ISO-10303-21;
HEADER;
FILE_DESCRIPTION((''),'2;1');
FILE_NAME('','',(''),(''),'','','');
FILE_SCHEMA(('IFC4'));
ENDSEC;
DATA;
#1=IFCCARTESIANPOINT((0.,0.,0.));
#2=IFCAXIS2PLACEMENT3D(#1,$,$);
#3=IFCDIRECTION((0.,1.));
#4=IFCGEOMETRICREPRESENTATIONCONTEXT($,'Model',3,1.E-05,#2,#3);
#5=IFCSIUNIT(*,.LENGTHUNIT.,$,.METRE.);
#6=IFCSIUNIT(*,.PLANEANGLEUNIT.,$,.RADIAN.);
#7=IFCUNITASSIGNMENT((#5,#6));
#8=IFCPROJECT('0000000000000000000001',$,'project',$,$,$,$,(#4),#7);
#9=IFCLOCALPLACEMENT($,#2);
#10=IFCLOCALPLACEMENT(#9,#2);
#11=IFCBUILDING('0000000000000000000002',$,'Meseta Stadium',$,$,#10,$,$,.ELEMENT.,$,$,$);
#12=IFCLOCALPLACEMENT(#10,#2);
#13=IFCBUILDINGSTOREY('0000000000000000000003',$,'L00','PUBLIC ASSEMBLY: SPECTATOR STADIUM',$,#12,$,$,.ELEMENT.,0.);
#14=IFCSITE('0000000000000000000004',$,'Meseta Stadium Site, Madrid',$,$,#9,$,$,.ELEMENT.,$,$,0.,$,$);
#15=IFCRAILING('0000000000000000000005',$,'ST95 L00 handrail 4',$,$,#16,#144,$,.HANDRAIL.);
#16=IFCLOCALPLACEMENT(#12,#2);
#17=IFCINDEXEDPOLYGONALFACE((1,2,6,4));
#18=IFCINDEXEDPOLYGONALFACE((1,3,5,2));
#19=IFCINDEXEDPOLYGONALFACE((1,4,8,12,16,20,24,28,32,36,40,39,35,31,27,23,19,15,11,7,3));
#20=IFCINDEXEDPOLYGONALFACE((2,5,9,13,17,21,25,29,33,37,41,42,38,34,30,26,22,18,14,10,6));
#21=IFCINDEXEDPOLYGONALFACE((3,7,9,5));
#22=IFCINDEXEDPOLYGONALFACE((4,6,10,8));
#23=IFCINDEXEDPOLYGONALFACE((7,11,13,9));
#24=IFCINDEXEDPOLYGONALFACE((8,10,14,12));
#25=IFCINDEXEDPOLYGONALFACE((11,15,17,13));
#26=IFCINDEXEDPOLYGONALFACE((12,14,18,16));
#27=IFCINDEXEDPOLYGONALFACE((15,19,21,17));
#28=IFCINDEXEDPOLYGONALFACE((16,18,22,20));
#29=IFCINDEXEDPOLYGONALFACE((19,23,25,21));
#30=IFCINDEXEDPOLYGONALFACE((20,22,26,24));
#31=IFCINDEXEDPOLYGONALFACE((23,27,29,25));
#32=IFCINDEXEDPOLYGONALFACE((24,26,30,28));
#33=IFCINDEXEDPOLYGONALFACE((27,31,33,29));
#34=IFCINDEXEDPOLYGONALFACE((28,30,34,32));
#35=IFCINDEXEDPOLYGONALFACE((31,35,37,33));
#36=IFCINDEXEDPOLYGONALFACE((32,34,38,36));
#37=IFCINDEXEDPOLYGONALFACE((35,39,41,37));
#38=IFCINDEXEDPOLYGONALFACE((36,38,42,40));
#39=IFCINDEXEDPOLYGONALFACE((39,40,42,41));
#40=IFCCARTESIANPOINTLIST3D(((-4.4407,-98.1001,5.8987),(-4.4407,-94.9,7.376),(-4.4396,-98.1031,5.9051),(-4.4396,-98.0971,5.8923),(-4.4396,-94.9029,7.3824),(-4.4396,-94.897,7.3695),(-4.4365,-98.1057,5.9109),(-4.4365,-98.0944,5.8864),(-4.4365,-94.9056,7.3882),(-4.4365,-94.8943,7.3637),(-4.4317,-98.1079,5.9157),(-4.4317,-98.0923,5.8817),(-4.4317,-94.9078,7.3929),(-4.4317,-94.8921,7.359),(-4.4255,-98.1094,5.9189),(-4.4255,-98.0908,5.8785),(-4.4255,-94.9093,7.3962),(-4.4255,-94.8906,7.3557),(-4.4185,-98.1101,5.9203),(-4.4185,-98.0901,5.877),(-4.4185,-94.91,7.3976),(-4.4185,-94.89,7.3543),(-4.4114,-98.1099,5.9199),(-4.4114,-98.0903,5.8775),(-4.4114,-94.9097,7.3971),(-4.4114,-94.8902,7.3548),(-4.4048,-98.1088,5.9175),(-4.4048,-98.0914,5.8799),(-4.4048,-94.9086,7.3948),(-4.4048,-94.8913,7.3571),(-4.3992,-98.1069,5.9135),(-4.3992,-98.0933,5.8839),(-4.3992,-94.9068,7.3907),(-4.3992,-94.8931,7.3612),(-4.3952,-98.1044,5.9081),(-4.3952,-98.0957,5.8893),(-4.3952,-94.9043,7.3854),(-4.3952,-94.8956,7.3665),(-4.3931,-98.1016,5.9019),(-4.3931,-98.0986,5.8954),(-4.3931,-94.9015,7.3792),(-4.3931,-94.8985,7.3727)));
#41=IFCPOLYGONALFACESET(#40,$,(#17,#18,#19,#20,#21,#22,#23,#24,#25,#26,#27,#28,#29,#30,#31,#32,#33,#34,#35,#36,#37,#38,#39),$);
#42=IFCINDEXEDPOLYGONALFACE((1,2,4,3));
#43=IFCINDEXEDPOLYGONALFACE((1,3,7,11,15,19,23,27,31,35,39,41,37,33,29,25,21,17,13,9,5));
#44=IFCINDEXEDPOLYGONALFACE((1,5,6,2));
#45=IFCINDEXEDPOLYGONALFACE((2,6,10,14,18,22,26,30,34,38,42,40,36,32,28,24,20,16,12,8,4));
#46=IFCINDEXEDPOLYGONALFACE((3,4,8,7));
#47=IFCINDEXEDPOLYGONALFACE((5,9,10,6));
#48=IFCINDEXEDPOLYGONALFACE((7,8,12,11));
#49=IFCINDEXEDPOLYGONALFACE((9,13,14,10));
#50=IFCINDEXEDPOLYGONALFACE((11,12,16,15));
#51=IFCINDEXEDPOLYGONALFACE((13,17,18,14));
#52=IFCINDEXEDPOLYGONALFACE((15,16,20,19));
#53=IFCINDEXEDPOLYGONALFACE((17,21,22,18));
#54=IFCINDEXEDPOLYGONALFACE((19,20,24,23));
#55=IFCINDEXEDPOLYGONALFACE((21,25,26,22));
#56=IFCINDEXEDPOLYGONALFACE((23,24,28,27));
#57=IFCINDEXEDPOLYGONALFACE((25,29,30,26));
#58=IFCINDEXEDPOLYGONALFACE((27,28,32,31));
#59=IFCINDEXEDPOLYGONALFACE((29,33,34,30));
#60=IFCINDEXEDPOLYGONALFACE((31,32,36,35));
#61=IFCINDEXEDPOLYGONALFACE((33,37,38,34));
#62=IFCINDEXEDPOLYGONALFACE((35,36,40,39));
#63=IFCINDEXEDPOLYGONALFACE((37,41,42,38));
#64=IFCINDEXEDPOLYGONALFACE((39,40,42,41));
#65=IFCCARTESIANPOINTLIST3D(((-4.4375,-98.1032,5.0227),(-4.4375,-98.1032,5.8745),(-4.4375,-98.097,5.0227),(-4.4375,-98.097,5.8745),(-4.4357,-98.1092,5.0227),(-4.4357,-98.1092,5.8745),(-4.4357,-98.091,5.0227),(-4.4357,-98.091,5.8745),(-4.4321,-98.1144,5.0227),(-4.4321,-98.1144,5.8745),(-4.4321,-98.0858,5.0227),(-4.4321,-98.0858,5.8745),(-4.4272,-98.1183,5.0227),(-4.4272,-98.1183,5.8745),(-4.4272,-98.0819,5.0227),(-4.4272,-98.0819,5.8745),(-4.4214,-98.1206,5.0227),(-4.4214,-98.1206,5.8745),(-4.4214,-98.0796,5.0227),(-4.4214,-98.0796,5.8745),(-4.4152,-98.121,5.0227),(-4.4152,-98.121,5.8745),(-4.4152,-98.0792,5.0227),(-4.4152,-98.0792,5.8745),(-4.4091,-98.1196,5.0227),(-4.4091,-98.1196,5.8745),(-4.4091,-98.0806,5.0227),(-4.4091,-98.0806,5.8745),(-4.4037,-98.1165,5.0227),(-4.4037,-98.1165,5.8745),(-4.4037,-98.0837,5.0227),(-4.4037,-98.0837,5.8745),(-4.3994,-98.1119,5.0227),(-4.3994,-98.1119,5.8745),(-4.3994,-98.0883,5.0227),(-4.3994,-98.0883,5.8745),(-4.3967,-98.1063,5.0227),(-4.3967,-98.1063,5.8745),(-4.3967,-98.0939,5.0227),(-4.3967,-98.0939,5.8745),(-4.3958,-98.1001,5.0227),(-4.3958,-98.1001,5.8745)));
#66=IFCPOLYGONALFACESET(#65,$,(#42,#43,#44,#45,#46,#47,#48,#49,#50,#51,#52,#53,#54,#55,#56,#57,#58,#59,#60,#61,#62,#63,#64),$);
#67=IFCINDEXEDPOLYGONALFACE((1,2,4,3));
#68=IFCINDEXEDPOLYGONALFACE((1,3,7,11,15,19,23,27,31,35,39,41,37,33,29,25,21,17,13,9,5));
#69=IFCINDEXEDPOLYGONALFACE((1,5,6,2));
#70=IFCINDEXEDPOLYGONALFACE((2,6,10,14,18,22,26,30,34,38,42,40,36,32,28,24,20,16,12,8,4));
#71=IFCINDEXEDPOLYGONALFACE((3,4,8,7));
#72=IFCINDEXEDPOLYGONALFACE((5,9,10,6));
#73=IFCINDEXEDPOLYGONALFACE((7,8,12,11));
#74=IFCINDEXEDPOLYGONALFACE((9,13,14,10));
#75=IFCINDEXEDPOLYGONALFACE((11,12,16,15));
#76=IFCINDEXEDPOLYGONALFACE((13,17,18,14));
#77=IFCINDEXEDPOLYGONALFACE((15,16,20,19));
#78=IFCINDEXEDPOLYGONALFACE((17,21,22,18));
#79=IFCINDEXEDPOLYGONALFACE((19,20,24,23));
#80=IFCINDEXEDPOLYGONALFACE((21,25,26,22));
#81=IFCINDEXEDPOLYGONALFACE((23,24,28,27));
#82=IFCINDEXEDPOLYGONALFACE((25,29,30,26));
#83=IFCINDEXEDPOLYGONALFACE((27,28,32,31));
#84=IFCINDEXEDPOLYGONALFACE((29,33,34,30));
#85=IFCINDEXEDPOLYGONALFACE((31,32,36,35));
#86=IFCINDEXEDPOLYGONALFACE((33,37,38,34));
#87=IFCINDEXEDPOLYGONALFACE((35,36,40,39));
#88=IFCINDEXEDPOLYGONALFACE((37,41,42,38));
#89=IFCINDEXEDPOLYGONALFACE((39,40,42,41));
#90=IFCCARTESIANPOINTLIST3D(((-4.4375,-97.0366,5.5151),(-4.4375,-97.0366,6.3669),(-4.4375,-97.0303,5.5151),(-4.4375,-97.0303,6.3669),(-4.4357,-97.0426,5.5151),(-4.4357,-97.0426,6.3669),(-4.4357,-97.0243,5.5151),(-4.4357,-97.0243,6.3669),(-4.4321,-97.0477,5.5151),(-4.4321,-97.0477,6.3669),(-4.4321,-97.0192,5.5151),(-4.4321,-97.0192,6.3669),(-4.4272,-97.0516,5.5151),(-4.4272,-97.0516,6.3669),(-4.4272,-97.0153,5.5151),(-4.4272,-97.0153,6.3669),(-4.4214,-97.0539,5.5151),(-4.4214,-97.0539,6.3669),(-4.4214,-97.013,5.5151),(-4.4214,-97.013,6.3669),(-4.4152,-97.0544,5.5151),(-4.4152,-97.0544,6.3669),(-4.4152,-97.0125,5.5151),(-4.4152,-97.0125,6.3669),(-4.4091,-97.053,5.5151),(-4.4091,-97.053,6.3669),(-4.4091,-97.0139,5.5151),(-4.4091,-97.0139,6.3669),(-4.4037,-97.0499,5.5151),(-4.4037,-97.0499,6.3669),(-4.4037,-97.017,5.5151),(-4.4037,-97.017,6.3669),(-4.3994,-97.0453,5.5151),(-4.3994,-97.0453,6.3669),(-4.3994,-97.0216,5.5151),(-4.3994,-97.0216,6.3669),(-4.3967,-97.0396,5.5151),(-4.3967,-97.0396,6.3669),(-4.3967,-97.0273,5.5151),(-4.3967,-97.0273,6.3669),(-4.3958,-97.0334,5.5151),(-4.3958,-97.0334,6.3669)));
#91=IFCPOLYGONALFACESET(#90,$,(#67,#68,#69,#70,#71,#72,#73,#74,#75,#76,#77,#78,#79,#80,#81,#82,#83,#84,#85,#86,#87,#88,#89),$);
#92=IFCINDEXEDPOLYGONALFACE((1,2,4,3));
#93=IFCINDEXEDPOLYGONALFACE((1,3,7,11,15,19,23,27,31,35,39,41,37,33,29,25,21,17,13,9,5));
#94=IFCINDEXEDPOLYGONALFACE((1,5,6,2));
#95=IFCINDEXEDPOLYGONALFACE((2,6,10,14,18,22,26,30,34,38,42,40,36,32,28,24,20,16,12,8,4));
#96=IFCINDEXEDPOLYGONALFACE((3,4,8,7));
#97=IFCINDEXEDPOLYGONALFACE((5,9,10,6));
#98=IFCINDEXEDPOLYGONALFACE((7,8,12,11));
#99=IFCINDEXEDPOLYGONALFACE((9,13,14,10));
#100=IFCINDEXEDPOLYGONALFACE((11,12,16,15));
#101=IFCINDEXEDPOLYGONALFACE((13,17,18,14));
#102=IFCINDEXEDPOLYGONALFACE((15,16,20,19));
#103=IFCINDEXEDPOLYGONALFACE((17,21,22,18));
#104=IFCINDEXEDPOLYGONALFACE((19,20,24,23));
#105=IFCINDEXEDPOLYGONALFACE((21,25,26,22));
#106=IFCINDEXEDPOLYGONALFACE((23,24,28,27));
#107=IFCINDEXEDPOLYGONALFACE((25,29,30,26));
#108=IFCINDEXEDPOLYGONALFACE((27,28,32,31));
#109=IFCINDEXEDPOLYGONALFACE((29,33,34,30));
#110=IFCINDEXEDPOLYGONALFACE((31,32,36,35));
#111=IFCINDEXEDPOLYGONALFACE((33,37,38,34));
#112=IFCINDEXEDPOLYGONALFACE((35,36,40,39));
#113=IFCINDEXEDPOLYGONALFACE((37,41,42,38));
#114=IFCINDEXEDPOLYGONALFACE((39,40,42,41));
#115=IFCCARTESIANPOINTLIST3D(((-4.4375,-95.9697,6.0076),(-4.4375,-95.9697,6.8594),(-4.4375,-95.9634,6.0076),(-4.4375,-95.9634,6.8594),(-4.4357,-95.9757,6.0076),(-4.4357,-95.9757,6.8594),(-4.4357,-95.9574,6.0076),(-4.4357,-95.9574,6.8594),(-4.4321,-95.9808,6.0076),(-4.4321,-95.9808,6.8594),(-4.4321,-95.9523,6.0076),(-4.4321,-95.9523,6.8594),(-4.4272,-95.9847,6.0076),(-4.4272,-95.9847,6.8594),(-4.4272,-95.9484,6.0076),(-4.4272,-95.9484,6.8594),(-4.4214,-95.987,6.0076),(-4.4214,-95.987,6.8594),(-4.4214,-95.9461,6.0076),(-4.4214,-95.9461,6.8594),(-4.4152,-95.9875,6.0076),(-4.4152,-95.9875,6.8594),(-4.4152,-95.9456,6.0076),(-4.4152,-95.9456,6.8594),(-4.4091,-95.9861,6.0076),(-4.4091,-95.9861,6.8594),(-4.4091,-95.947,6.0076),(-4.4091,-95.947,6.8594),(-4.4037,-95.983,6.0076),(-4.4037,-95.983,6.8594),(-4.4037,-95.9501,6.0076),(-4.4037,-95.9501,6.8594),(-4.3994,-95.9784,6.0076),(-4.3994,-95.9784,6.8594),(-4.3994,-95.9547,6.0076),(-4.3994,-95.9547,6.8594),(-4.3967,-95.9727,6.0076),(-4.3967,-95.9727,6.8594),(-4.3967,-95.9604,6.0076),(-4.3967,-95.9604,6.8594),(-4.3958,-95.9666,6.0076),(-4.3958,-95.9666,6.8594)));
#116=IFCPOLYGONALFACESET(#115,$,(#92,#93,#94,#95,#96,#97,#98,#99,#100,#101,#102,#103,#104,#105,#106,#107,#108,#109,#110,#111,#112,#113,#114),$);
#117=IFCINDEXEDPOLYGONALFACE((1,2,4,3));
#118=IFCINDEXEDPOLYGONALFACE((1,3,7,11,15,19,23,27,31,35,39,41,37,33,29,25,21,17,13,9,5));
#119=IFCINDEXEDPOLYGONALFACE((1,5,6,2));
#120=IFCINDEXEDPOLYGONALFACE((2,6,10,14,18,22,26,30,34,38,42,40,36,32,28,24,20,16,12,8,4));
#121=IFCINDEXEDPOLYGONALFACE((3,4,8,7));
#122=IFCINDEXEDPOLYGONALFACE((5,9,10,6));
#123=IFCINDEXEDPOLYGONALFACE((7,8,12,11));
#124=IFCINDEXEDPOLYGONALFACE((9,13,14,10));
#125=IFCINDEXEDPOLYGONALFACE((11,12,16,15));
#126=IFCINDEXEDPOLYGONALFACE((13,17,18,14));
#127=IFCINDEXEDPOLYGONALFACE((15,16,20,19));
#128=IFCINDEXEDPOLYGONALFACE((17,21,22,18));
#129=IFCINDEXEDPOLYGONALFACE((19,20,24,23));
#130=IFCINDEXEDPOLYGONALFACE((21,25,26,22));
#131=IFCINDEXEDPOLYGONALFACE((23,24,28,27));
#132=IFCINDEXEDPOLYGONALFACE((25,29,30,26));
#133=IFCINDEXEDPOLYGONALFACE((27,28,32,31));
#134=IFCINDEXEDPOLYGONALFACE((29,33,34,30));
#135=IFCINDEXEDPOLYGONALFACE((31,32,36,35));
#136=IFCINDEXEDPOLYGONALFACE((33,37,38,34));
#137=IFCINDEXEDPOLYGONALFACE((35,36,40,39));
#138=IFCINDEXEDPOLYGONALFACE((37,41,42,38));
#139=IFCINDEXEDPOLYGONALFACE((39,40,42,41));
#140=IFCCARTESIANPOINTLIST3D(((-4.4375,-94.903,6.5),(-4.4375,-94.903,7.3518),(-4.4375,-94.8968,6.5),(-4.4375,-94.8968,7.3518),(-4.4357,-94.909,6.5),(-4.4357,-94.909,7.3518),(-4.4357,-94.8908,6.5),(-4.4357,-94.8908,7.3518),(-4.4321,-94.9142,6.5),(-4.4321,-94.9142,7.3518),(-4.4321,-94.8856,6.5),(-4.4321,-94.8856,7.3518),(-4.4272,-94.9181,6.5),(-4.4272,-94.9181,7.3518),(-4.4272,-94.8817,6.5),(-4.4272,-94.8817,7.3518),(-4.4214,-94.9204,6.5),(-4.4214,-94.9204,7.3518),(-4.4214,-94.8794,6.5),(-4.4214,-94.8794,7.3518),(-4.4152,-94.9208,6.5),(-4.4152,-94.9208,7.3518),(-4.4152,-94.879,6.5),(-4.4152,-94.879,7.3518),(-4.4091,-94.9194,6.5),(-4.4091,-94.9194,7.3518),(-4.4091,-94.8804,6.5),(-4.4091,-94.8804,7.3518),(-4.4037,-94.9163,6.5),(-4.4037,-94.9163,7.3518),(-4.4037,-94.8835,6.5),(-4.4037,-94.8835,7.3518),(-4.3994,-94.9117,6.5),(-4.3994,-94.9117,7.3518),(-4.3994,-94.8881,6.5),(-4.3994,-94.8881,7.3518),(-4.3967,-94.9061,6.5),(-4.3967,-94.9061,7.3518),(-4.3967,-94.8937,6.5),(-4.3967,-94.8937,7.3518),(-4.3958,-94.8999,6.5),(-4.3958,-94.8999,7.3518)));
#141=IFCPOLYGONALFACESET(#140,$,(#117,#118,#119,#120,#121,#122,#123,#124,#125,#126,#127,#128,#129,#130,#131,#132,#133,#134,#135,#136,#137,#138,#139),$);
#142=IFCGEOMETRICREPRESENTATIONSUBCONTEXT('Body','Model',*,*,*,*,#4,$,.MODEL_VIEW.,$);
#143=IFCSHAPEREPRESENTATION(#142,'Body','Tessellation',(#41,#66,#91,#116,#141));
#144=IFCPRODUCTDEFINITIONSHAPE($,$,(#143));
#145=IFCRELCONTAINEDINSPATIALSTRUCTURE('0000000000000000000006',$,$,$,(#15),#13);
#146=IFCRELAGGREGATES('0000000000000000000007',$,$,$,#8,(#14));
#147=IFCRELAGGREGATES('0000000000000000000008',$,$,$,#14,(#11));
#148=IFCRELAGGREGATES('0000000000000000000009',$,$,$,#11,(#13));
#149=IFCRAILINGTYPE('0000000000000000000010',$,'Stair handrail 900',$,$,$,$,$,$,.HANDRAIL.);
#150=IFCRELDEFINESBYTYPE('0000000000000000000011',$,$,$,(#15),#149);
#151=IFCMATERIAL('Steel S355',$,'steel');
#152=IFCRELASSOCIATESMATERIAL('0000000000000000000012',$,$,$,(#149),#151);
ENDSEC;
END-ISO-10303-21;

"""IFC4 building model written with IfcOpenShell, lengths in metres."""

from ifc_helpers import new_model, si_unit, direction, frame, origin, origin_2d, place, context, subcontext, project, spatial, circle, extrude, material, type_object, element, save


model = new_model("IFC4")

# Units and contexts
model_context = context("Model", 3, precision=1e-05, world=origin(), true_north=direction((0.0, 1.0)))
body_context = subcontext(model_context, "Body", "Model", "MODEL_VIEW")
ifc_project = project(units=[si_unit("LENGTHUNIT", "METRE"), si_unit("PLANEANGLEUNIT", "RADIAN")], contexts=[model_context])

# Site, building, storey
site_placement = place(None, origin())
site = spatial("IfcSite", under=ifc_project, at=site_placement, Name="Meseta Stadium Site, Madrid", CompositionType="ELEMENT", RefElevation=0.0)
building_placement = place(site_placement, origin())
building = spatial("IfcBuilding", under=site, at=building_placement, Name="Meseta Stadium", CompositionType="ELEMENT")
storey_placement = place(building_placement, origin())
storey = spatial("IfcBuildingStorey", under=building, at=storey_placement, Name="L00", Description="PUBLIC ASSEMBLY: SPECTATOR STADIUM", CompositionType="ELEMENT", Elevation=0.0)

# Railing
ifc_material_1 = material(Name="Steel S355", Category="steel")
railing_type_1 = type_object("IfcRailingType", Name="Stair handrail 900", PredefinedType="HANDRAIL", material=ifc_material_1)
railing_1_placement = place(storey_placement, frame((-4.4167, -98.1001, 5.0227)))
element("IfcRailing", 1, at=railing_1_placement, inside=storey, type_object=railing_type_1, Name="ST95 L00 handrail 4", PredefinedType="HANDRAIL", context=body_context, shape_type="SweptSolid", body=[
    extrude(circle(Radius=0.0239, at=origin_2d()), frame((0.0, 0.0, 0.876), z_axis=(0.0, 0.907929, 0.419124), x_axis=(-1.0, 0.0, 0.0)), (0.0, 0.0, 1.0), 3.5247),
    extrude(circle(Radius=0.021, at=origin_2d()), origin(), (0.0, 0.0, 1.0), 0.8518),
    extrude(circle(Radius=0.021, at=origin_2d()), frame((0.0, 1.0667, 0.4924)), (0.0, 0.0, 1.0), 0.8518),
    extrude(circle(Radius=0.021, at=origin_2d()), frame((0.0, 2.1335, 0.9849)), (0.0, 0.0, 1.0), 0.8518),
    extrude(circle(Radius=0.021, at=origin_2d()), frame((0.0, 3.2002, 1.4773)), (0.0, 0.0, 1.0), 0.8518),
])

save(model, "model.ifc")
